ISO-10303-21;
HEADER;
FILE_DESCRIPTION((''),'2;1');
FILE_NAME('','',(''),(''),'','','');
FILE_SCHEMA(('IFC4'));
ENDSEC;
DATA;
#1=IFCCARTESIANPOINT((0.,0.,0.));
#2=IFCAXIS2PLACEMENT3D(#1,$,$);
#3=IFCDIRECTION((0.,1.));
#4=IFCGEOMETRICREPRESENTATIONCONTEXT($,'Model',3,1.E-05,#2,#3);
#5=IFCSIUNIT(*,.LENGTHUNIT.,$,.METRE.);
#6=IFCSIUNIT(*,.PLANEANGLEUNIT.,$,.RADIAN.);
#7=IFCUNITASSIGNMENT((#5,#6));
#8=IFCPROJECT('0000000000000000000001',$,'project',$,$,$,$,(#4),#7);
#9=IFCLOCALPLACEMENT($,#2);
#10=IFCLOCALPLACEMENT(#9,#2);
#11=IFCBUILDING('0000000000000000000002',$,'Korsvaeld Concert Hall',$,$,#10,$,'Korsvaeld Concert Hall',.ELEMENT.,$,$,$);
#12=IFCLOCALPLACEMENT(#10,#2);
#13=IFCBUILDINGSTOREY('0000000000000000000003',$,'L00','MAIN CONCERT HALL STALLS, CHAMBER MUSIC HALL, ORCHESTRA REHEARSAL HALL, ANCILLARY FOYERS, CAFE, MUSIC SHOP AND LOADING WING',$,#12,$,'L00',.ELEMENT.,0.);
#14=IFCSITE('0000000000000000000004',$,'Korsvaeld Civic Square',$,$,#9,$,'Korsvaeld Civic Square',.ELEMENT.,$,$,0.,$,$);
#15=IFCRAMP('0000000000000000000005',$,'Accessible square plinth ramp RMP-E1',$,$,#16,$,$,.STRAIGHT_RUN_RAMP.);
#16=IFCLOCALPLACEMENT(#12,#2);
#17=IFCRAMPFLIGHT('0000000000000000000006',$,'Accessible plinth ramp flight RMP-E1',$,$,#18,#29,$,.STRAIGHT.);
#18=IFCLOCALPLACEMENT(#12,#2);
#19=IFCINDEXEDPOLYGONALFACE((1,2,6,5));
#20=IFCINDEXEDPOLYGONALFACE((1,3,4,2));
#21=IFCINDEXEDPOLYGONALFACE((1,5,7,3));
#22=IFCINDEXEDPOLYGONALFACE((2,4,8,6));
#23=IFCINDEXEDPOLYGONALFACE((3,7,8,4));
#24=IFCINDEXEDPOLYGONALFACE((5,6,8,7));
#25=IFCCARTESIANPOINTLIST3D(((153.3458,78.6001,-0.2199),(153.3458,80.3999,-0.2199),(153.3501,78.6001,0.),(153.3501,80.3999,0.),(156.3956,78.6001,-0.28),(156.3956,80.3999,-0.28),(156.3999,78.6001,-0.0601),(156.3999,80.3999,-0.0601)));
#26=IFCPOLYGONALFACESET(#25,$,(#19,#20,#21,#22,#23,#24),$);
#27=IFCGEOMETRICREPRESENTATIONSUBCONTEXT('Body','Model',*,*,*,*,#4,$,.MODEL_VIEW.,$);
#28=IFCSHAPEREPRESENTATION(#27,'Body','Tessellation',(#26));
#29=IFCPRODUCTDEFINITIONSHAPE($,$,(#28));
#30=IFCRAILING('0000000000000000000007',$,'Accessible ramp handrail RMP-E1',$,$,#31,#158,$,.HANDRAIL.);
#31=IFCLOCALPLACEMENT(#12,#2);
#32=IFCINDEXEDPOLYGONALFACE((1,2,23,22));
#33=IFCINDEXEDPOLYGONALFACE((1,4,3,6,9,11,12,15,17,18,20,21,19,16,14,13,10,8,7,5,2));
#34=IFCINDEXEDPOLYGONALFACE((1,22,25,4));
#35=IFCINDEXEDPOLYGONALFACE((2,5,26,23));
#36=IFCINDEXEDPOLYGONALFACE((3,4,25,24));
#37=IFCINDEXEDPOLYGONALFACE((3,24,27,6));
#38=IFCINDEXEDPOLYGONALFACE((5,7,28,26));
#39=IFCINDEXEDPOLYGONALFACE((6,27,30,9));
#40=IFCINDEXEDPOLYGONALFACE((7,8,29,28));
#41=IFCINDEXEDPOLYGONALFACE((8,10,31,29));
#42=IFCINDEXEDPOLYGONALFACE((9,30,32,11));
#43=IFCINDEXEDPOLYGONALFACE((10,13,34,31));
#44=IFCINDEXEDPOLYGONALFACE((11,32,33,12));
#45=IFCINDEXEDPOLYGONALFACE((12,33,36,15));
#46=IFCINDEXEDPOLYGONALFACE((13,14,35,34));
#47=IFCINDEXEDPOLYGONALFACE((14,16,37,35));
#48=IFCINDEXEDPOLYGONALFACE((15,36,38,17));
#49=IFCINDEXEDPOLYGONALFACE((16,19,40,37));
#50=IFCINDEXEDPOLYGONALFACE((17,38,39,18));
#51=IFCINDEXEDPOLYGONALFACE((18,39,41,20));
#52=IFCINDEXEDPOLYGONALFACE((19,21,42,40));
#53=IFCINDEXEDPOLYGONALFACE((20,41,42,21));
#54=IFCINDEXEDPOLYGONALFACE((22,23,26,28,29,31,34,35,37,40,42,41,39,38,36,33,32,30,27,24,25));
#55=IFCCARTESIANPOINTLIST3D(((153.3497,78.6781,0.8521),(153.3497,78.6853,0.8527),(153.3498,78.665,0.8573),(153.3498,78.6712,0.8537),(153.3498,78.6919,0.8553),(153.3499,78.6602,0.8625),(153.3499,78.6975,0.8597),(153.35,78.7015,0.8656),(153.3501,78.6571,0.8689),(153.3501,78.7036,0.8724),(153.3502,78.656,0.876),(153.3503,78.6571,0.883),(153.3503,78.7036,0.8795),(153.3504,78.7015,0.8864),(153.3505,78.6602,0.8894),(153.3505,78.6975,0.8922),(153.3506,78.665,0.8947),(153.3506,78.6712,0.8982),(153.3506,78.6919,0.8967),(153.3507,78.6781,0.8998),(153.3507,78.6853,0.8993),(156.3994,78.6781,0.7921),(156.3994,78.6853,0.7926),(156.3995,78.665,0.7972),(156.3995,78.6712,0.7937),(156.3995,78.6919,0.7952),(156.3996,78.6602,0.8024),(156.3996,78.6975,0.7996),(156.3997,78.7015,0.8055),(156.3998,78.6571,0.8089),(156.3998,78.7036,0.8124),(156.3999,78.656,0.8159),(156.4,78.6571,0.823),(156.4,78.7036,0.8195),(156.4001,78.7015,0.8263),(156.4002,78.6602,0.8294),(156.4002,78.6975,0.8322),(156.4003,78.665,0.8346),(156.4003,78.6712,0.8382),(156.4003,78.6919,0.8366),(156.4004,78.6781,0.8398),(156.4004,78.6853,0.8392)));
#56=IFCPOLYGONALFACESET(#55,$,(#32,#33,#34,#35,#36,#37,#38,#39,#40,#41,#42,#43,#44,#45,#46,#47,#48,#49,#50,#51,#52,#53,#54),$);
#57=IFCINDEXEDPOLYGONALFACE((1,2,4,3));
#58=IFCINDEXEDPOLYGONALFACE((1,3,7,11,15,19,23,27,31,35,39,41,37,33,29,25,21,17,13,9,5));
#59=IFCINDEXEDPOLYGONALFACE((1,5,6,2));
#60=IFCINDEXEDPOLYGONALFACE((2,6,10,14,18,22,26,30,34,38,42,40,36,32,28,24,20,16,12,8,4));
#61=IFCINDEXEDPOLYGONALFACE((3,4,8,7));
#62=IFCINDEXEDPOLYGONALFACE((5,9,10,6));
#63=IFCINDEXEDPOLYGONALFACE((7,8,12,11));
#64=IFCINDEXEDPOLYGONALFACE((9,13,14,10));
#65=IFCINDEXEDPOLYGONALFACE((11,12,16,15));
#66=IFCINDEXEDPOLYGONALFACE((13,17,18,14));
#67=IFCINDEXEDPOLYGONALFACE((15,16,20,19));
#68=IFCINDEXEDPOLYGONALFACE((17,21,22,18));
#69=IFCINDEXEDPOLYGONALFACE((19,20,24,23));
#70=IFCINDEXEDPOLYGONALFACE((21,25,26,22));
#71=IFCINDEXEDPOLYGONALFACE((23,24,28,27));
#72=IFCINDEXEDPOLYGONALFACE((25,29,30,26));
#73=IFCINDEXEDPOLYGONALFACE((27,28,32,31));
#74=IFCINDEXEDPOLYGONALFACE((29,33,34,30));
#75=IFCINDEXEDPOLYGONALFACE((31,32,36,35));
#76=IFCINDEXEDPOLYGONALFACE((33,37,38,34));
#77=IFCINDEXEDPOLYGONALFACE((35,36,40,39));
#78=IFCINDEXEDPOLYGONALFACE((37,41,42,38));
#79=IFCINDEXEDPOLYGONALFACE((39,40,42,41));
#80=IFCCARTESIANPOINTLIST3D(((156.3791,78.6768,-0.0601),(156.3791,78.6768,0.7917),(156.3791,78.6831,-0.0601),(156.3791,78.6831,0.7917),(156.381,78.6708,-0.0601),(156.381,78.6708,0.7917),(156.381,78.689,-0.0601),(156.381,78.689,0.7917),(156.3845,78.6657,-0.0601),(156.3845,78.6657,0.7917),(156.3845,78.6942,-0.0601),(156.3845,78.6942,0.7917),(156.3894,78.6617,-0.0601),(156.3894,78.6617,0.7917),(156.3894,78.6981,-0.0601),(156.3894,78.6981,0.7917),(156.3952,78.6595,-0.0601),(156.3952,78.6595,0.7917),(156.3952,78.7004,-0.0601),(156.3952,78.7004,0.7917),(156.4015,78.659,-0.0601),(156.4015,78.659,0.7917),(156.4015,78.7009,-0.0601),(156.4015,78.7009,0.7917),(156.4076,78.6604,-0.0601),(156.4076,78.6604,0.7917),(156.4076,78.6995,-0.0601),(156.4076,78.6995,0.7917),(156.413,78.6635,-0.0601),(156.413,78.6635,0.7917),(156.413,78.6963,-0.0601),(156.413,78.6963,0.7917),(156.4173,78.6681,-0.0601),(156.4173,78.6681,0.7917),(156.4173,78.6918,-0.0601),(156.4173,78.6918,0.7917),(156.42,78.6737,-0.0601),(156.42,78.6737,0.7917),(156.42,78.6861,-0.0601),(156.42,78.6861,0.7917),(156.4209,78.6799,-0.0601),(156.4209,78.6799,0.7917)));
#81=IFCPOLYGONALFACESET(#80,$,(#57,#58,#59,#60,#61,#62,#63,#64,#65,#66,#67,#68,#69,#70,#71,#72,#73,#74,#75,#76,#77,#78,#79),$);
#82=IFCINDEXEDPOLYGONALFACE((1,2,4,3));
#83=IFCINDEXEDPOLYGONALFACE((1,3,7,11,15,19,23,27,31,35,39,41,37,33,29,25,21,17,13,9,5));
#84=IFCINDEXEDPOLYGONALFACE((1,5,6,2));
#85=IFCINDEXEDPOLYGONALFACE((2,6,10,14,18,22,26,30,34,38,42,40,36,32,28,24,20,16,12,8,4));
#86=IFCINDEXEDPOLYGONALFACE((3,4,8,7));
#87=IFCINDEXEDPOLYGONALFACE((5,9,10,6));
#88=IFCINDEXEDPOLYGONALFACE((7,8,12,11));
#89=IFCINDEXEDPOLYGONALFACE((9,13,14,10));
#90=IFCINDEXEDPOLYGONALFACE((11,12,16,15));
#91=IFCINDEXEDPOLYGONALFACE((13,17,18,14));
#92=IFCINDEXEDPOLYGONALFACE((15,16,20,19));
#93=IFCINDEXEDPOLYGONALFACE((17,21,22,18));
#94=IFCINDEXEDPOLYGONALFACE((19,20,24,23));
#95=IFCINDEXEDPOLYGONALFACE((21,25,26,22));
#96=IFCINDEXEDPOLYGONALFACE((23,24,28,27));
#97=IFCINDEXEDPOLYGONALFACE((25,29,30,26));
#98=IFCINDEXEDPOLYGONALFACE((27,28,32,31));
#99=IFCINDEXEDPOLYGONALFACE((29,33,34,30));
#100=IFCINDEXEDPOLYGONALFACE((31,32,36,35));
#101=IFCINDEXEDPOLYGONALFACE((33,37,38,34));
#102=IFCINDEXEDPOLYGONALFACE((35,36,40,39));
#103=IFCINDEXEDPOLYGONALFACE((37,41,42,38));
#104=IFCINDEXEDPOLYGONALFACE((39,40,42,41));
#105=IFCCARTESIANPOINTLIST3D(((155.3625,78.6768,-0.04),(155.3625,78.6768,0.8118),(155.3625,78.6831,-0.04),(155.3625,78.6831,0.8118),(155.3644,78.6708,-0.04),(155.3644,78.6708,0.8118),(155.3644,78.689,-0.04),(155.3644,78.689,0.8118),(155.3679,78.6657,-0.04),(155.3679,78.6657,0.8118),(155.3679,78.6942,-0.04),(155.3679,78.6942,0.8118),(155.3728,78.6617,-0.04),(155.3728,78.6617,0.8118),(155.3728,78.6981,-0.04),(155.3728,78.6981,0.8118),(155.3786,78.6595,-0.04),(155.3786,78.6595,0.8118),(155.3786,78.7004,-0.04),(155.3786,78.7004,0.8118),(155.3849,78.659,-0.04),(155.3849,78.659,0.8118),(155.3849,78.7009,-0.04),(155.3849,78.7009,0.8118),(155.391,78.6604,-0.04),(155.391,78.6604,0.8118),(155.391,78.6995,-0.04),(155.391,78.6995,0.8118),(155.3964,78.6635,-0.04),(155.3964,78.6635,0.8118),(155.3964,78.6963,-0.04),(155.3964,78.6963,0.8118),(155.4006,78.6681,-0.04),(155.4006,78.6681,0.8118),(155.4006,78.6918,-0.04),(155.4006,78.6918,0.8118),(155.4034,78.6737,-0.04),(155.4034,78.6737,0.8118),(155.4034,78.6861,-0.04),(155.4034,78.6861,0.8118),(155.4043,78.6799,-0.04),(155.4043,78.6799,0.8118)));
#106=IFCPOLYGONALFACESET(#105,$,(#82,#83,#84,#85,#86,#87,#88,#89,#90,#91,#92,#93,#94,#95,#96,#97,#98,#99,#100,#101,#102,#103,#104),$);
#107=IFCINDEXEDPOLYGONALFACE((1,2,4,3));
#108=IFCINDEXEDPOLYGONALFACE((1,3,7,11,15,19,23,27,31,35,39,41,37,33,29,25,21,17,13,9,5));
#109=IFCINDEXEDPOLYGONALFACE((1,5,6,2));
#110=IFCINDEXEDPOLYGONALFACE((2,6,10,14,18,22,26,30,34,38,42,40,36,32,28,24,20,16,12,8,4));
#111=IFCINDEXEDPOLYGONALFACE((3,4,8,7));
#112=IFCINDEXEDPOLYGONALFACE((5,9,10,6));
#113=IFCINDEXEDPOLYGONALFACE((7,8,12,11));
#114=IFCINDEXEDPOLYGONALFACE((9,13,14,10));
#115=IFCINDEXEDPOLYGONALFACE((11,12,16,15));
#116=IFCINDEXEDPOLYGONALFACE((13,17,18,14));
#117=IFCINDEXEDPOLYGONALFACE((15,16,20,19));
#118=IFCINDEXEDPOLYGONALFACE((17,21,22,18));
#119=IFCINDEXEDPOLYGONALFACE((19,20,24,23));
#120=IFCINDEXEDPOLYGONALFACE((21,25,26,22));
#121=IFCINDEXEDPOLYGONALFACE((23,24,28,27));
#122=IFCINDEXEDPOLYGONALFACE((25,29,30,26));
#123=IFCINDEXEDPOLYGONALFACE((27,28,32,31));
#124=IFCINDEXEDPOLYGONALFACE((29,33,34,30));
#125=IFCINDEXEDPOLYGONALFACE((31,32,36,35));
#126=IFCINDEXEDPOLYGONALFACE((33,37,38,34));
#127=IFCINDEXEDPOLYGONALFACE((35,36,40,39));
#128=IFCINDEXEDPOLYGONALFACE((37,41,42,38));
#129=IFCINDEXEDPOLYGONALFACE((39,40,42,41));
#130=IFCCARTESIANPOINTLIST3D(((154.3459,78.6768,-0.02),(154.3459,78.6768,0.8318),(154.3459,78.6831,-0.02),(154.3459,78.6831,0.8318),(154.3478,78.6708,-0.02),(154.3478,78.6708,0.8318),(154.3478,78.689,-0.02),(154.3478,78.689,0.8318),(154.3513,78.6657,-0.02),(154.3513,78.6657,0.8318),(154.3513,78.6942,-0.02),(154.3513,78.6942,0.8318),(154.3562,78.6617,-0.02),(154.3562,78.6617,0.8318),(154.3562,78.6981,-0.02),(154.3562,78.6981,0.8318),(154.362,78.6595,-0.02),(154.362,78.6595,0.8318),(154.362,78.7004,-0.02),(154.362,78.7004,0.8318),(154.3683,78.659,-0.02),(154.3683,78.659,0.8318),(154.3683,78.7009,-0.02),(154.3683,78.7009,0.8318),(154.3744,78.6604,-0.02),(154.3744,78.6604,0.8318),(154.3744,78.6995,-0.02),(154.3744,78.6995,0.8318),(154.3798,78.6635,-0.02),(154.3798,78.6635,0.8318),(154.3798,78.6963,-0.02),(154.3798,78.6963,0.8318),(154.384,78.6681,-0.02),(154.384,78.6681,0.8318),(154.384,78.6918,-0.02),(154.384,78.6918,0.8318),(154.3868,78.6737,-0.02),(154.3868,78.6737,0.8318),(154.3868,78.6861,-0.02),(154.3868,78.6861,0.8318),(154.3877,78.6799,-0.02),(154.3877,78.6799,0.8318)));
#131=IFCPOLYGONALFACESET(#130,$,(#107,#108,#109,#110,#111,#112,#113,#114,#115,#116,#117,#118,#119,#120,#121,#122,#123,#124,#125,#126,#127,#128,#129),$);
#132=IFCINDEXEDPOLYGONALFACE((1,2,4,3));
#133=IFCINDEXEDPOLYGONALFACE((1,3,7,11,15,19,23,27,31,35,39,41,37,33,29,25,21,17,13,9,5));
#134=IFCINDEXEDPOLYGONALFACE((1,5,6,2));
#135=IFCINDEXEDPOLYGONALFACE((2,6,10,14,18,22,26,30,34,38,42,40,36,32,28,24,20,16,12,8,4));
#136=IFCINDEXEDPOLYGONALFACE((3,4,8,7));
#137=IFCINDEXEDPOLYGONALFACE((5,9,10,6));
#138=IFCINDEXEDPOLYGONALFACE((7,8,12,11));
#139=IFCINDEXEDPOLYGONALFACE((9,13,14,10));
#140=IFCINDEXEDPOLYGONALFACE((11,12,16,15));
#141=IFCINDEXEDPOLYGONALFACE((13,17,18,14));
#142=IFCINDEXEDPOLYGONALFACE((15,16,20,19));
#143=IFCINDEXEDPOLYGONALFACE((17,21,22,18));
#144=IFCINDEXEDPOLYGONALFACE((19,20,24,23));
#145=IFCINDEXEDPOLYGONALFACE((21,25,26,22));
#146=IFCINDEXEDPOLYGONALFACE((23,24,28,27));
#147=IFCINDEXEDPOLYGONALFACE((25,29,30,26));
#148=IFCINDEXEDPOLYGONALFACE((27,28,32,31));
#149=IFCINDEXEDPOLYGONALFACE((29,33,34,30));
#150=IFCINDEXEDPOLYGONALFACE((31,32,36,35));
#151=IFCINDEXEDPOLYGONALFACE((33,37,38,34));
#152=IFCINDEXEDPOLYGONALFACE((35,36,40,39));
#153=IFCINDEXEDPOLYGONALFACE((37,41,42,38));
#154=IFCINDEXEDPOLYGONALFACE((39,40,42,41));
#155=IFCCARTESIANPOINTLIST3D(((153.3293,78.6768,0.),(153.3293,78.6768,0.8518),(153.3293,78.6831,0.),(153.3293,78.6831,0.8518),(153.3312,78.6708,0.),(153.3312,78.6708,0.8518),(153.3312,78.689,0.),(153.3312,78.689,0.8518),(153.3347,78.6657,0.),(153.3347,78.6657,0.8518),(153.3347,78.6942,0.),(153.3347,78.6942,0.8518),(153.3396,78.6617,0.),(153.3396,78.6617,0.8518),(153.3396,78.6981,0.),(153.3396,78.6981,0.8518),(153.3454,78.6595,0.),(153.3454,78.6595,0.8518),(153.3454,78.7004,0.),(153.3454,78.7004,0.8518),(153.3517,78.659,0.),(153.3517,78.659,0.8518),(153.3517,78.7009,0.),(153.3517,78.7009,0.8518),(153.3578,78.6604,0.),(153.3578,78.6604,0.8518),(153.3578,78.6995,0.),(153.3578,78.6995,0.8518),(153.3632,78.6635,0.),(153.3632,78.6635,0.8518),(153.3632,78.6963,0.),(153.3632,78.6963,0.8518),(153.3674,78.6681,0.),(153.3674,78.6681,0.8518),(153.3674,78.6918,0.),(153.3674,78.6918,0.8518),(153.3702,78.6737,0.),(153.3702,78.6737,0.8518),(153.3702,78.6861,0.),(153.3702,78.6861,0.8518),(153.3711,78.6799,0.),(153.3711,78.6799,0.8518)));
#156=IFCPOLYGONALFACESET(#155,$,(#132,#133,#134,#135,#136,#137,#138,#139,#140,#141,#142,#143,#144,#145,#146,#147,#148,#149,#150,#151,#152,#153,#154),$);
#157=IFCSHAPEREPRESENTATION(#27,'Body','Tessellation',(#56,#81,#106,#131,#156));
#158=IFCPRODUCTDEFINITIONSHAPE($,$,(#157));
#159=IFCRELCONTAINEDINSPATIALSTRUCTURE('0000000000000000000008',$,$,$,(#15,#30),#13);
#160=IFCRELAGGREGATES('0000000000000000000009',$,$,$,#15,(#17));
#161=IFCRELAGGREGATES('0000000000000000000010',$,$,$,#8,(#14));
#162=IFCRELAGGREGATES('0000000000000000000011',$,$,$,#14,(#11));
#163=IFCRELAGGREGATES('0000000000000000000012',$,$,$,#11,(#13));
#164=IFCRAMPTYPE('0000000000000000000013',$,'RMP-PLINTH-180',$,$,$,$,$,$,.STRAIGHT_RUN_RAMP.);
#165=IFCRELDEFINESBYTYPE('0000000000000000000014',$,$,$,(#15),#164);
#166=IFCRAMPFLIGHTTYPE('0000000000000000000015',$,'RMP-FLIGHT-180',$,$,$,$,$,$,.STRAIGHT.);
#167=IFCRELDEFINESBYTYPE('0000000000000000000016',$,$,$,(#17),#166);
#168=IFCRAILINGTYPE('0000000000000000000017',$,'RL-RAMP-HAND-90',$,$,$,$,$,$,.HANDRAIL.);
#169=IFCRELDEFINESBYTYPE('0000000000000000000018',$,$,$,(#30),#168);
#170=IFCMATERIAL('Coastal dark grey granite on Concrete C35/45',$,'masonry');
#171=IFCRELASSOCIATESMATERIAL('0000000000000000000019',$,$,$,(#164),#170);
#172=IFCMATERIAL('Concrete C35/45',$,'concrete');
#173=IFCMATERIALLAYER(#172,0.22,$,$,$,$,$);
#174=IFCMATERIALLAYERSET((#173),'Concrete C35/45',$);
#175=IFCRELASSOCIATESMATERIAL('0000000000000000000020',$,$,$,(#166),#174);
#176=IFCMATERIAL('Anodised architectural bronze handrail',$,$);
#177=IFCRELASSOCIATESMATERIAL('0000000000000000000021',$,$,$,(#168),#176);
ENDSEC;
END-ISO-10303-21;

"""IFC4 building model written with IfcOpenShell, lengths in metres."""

from ifc_helpers import new_model, si_unit, direction, frame, origin, origin_2d, place, context, subcontext, project, spatial, polyline, circle, outline, extrude, material, layer, layer_set, type_object, element, aggregate, save


model = new_model("IFC4")

# Units and contexts
model_context = context("Model", 3, precision=1e-05, world=origin(), true_north=direction((0.0, 1.0)))
body_context = subcontext(model_context, "Body", "Model", "MODEL_VIEW")
ifc_project = project(units=[si_unit("LENGTHUNIT", "METRE"), si_unit("PLANEANGLEUNIT", "RADIAN")], contexts=[model_context])

# Site, building, storey
site_placement = place(None, origin())
site = spatial("IfcSite", under=ifc_project, at=site_placement, Name="Korsvaeld Civic Square", LongName="Korsvaeld Civic Square", CompositionType="ELEMENT", RefElevation=0.0)
building_placement = place(site_placement, origin())
building = spatial("IfcBuilding", under=site, at=building_placement, Name="Korsvaeld Concert Hall", LongName="Korsvaeld Concert Hall", CompositionType="ELEMENT")
storey_placement = place(building_placement, origin())
storey = spatial("IfcBuildingStorey", under=building, at=storey_placement, Name="L00", Description="MAIN CONCERT HALL STALLS, CHAMBER MUSIC HALL, ORCHESTRA REHEARSAL HALL, ANCILLARY FOYERS, CAFE, MUSIC SHOP AND LOADING WING", LongName="L00", CompositionType="ELEMENT", Elevation=0.0)

# Shared definitions
ifc_material_1 = material(Name="Concrete C35/45", Category="concrete")

# Ramp, ramp flight
ifc_material_2 = material(Name="Coastal dark grey granite on Concrete C35/45", Category="masonry")
ramp_type = type_object("IfcRampType", Name="RMP-PLINTH-180", PredefinedType="STRAIGHT_RUN_RAMP", material=ifc_material_2)
ramp_placement = place(storey_placement, origin())
ramp = element("IfcRamp", 1, at=ramp_placement, inside=storey, type_object=ramp_type, Name="Accessible square plinth ramp RMP-E1", PredefinedType="STRAIGHT_RUN_RAMP")
ifc_layer_1 = layer(ifc_material_1, 0.22)
ifc_layer_set_1 = layer_set([ifc_layer_1], Name="Concrete C35/45")
ramp_flight_type = type_object("IfcRampFlightType", Name="RMP-FLIGHT-180", PredefinedType="STRAIGHT", material=ifc_layer_set_1)
ramp_flight_placement = place(storey_placement, frame((153.3501, 78.6001, 0.0), z_axis=(0.019689, 0.0, 0.999806), x_axis=(0.999806, 0.0, -0.019689)))
ramp_flight = element("IfcRampFlight", 2, at=ramp_flight_placement, type_object=ramp_flight_type, Name="Accessible plinth ramp flight RMP-E1", PredefinedType="STRAIGHT", context=body_context, shape_type="SweptSolid", body=[
    extrude(outline(polyline([(0.0, 0.0), (3.0504, 0.0), (3.0504, 1.7998), (0.0, 1.7998), (0.0, 0.0)])), origin(), (0.0, 0.0, -1.0), 0.22),
])
aggregate(ramp, [ramp_flight])

# Railing
ifc_material_3 = material(Name="Anodised architectural bronze handrail")
railing_type_1 = type_object("IfcRailingType", Name="RL-RAMP-HAND-90", PredefinedType="HANDRAIL", material=ifc_material_3)
railing_1_placement = place(storey_placement, frame((156.3999, 78.6799, -0.0601)))
element("IfcRailing", 3, at=railing_1_placement, inside=storey, type_object=railing_type_1, Name="Accessible ramp handrail RMP-E1", PredefinedType="HANDRAIL", context=body_context, shape_type="SweptSolid", body=[
    extrude(circle(Radius=0.0239, at=origin_2d()), frame((0.0, 0.0, 0.876), z_axis=(-0.999806, 0.0, 0.019689), x_axis=(0.0, -1.0, 0.0)), (0.0, 0.0, 1.0), 3.0503),
    extrude(circle(Radius=0.021, at=origin_2d()), origin(), (0.0, 0.0, 1.0), 0.8518),
    extrude(circle(Radius=0.021, at=origin_2d()), frame((-1.0166, 0.0, 0.02)), (0.0, 0.0, 1.0), 0.8518),
    extrude(circle(Radius=0.021, at=origin_2d()), frame((-2.0332, 0.0, 0.04)), (0.0, 0.0, 1.0), 0.8518),
    extrude(circle(Radius=0.021, at=origin_2d()), frame((-3.0498, 0.0, 0.0601)), (0.0, 0.0, 1.0), 0.8518),
])

save(model, "model.ifc")
